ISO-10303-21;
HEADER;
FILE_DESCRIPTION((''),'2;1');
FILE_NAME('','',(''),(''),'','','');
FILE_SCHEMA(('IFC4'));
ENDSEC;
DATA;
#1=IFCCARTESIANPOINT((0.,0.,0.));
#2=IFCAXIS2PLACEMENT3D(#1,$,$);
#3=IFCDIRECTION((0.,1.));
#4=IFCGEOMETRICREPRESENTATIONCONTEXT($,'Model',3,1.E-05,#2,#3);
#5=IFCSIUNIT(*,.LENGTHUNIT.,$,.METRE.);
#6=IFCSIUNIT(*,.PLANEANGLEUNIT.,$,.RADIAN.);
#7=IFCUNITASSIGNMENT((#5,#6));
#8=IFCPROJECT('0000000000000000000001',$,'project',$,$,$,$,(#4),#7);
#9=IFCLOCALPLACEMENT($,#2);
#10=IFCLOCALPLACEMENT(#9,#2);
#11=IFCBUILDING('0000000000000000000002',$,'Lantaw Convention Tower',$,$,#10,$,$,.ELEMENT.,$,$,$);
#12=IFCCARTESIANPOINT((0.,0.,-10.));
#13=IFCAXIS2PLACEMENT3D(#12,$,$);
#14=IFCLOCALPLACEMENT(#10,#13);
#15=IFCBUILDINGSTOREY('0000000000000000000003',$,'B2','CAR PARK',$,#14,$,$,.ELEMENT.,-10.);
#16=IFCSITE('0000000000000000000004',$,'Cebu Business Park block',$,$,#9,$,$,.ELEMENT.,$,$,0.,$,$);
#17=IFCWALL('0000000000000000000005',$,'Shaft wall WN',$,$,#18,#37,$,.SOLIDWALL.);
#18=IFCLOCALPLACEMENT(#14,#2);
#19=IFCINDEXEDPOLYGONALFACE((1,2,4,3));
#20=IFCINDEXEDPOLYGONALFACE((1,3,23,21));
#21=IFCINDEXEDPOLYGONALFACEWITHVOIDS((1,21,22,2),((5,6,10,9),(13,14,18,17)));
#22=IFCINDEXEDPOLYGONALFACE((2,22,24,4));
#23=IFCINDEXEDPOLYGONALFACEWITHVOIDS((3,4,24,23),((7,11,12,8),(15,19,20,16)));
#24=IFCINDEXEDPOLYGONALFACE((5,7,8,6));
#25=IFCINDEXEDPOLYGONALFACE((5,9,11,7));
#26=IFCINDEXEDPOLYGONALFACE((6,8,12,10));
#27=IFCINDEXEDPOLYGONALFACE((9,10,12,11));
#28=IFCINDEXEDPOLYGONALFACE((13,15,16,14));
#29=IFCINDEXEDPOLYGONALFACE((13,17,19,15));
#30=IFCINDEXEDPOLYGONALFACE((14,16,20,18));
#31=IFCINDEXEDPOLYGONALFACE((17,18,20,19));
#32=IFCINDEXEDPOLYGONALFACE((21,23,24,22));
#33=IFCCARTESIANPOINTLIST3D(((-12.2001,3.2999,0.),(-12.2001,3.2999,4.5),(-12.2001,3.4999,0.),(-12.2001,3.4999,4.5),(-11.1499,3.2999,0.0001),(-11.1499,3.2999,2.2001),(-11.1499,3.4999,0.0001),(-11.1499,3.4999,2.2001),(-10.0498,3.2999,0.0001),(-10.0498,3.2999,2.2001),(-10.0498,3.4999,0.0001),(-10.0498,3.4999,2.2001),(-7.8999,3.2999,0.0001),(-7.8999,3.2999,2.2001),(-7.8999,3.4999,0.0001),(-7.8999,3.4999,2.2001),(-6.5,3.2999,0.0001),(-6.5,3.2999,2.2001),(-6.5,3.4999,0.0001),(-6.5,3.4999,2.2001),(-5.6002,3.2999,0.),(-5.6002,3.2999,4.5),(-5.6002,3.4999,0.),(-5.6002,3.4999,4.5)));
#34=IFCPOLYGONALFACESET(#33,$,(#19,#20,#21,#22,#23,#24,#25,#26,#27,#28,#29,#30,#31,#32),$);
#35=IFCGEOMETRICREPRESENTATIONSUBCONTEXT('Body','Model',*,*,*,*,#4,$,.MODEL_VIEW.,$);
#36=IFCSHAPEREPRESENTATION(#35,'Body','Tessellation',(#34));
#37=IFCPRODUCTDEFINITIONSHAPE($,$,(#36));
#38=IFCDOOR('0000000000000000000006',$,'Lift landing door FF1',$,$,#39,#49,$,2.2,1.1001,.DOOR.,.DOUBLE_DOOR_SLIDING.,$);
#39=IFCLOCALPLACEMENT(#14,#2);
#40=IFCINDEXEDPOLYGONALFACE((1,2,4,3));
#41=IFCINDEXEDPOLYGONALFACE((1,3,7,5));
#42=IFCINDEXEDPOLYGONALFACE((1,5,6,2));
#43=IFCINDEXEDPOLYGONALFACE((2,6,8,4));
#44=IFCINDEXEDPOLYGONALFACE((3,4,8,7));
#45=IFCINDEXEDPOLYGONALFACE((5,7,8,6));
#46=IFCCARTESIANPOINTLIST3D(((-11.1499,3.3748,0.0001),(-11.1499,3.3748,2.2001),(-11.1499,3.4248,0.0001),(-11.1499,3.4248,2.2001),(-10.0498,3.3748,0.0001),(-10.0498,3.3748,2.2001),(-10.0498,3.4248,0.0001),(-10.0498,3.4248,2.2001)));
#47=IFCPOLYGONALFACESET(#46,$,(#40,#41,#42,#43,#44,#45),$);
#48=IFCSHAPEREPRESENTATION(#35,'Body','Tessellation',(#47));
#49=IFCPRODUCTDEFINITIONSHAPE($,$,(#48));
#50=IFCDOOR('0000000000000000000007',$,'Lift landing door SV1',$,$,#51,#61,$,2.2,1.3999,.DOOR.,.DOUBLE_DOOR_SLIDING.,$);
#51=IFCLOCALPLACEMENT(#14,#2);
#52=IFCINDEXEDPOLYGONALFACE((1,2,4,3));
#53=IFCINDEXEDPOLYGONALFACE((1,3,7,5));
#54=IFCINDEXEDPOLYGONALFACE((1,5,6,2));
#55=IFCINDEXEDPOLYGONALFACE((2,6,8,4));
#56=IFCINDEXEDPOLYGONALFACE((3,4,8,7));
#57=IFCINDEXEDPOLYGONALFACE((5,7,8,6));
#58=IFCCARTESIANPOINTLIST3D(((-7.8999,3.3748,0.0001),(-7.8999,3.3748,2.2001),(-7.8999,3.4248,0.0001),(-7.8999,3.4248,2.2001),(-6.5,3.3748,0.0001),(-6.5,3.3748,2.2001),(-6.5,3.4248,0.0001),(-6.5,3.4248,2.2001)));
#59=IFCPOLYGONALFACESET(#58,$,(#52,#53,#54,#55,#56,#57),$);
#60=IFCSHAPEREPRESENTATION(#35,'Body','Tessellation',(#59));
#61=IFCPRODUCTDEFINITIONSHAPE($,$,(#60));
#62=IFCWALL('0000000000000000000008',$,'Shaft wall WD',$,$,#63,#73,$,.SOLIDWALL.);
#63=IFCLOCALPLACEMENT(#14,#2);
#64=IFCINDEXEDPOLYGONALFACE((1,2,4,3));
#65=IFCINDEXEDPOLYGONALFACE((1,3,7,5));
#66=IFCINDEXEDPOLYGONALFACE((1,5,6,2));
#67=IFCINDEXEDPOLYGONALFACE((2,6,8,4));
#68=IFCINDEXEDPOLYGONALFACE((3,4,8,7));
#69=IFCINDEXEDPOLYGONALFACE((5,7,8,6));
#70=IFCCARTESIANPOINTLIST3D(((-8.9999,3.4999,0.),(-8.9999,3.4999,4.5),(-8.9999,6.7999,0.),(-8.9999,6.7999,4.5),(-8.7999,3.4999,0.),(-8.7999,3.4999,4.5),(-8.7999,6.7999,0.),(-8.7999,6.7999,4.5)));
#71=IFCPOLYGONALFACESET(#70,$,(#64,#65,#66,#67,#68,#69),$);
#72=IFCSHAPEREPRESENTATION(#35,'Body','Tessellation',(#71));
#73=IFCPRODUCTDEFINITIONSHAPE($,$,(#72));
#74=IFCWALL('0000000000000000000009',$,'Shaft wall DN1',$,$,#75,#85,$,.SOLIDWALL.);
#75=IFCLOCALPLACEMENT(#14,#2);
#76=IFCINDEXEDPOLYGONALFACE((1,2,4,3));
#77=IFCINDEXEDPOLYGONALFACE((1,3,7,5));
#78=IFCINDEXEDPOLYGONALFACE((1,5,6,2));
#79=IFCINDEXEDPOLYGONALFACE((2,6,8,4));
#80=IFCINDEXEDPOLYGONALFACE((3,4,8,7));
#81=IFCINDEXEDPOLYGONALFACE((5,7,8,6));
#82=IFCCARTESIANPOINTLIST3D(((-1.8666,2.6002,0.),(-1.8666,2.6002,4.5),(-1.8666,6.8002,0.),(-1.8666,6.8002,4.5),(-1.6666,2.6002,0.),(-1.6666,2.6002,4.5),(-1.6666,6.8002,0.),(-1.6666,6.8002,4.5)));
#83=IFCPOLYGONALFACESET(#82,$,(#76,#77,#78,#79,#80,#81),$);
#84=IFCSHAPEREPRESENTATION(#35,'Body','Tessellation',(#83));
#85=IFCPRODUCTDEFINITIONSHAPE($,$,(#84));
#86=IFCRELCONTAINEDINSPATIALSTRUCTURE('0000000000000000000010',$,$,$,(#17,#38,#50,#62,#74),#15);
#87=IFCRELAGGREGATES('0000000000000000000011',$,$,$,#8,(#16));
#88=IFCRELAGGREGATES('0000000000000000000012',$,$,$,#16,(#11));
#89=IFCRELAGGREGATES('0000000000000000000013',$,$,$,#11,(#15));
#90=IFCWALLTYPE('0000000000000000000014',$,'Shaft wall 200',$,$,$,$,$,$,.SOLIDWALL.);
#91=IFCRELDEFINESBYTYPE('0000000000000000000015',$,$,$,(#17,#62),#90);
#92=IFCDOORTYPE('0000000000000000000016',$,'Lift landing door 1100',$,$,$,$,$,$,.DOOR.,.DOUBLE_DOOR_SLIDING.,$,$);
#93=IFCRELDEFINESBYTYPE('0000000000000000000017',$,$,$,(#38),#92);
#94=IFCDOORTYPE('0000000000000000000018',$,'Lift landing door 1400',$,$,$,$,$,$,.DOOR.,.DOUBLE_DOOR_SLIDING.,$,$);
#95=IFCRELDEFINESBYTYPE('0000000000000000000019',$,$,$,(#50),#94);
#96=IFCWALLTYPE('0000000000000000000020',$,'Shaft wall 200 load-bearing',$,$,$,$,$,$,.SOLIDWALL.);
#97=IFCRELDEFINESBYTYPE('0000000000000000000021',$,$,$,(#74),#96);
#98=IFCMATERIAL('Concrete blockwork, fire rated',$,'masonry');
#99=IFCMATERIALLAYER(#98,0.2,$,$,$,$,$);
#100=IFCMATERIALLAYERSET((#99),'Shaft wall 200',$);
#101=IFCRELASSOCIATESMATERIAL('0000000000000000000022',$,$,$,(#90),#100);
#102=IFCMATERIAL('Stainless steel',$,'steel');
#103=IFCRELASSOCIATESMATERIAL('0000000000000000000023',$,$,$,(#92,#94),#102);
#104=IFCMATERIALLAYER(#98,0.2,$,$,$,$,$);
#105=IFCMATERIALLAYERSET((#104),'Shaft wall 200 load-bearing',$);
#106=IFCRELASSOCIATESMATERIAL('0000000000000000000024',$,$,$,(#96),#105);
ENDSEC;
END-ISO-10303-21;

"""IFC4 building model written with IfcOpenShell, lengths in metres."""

from ifc_helpers import new_model, si_unit, direction, frame, frame_2d, origin, place, context, subcontext, project, spatial, rectangle, extrude, material, layer, layer_set, type_object, element, fill, save


model = new_model("IFC4")

# Units and contexts
model_context = context("Model", 3, precision=1e-05, world=origin(), true_north=direction((0.0, 1.0)))
body_context = subcontext(model_context, "Body", "Model", "MODEL_VIEW")
ifc_project = project(units=[si_unit("LENGTHUNIT", "METRE"), si_unit("PLANEANGLEUNIT", "RADIAN")], contexts=[model_context])

# Site, building, storey
site_placement = place(None, origin())
site = spatial("IfcSite", under=ifc_project, at=site_placement, Name="Cebu Business Park block", CompositionType="ELEMENT", RefElevation=0.0)
building_placement = place(site_placement, origin())
building = spatial("IfcBuilding", under=site, at=building_placement, Name="Lantaw Convention Tower", CompositionType="ELEMENT")
storey_placement = place(building_placement, frame((0.0, 0.0, -10.0)))
storey = spatial("IfcBuildingStorey", under=building, at=storey_placement, Name="B2", Description="CAR PARK", CompositionType="ELEMENT", Elevation=-10.0)

# Wall, openings, doors
ifc_material_1 = material(Name="Concrete blockwork, fire rated", Category="masonry")
ifc_layer_1 = layer(ifc_material_1, 0.2)
ifc_layer_set_1 = layer_set([ifc_layer_1], Name="Shaft wall 200")
wall_type_1 = type_object("IfcWallType", Name="Shaft wall 200", PredefinedType="SOLIDWALL", material=ifc_layer_set_1)
wall_1_placement = place(storey_placement, frame((-12.2, 3.3999, 0.0), z_axis=(0.0, 0.0, 1.0), x_axis=(1.0, 0.0, 0.0)))
wall_1 = element("IfcWall", 1, at=wall_1_placement, inside=storey, type_object=wall_type_1, Name="Shaft wall WN", PredefinedType="SOLIDWALL", context=body_context, shape_type="SweptSolid", body=[
    extrude(rectangle(XDim=6.5999, YDim=0.2, at=frame_2d((3.2998, 0.0))), origin(), (0.0, 0.0, 1.0), 4.5),
])
opening_1_placement = place(wall_1_placement, frame((1.05, 0.0, 0.0)))
opening_1 = element("IfcOpeningElement", 2, at=opening_1_placement, cuts=wall_1, PredefinedType="OPENING", context=body_context, shape_type="SweptSolid", body=[
    extrude(rectangle(XDim=1.1001, YDim=2.2, at=frame_2d((0.55, 1.1001))), frame((0.0, 0.1099, 0.0), z_axis=(0.0, -1.0, 0.0), x_axis=(1.0, 0.0, 0.0)), (0.0, 0.0, 1.0), 0.22),
])
opening_2_placement = place(wall_1_placement, frame((4.3, 0.0, 0.0)))
opening_2 = element("IfcOpeningElement", 3, at=opening_2_placement, cuts=wall_1, PredefinedType="OPENING", context=body_context, shape_type="SweptSolid", body=[
    extrude(rectangle(XDim=1.3999, YDim=2.2, at=frame_2d((0.7, 1.1001))), frame((0.0, 0.1099, 0.0), z_axis=(0.0, -1.0, 0.0), x_axis=(1.0, 0.0, 0.0)), (0.0, 0.0, 1.0), 0.22),
])
ifc_material_2 = material(Name="Stainless steel", Category="steel")
door_type_1 = type_object("IfcDoorType", Name="Lift landing door 1100", OperationType="DOUBLE_DOOR_SLIDING", PredefinedType="DOOR", material=ifc_material_2)
door_1_placement = place(opening_1_placement, origin())
door_1 = element("IfcDoor", 4, at=door_1_placement, inside=storey, type_object=door_type_1, Name="Lift landing door FF1", OperationType="DOUBLE_DOOR_SLIDING", OverallHeight=2.2, OverallWidth=1.1001, PredefinedType="DOOR", context=body_context, shape_type="SweptSolid", body=[
    extrude(rectangle(XDim=1.1001, YDim=2.2, at=frame_2d((0.55, 1.1001))), frame((0.0, 0.0249, 0.0), z_axis=(0.0, -1.0, 0.0), x_axis=(1.0, 0.0, 0.0)), (0.0, 0.0, 1.0), 0.05),
])
fill(opening_1, door_1)
door_type_2 = type_object("IfcDoorType", Name="Lift landing door 1400", OperationType="DOUBLE_DOOR_SLIDING", PredefinedType="DOOR", material=ifc_material_2)
door_2_placement = place(opening_2_placement, origin())
door_2 = element("IfcDoor", 5, at=door_2_placement, inside=storey, type_object=door_type_2, Name="Lift landing door SV1", OperationType="DOUBLE_DOOR_SLIDING", OverallHeight=2.2, OverallWidth=1.3999, PredefinedType="DOOR", context=body_context, shape_type="SweptSolid", body=[
    extrude(rectangle(XDim=1.3999, YDim=2.2, at=frame_2d((0.7, 1.1001))), frame((0.0, 0.0249, 0.0), z_axis=(0.0, -1.0, 0.0), x_axis=(1.0, 0.0, 0.0)), (0.0, 0.0, 1.0), 0.05),
])
fill(opening_2, door_2)

# Walls
wall_2_placement = place(storey_placement, frame((-8.8999, 3.5, 0.0), z_axis=(0.0, 0.0, 1.0), x_axis=(0.0, 1.0, 0.0)))
element("IfcWall", 6, at=wall_2_placement, inside=storey, type_object=wall_type_1, Name="Shaft wall WD", PredefinedType="SOLIDWALL", context=body_context, shape_type="SweptSolid", body=[
    extrude(rectangle(XDim=3.3, YDim=0.2, at=frame_2d((1.6499, 0.0))), origin(), (0.0, 0.0, 1.0), 4.5),
])
ifc_layer_2 = layer(ifc_material_1, 0.2)
ifc_layer_set_2 = layer_set([ifc_layer_2], Name="Shaft wall 200 load-bearing")
wall_type_2 = type_object("IfcWallType", Name="Shaft wall 200 load-bearing", PredefinedType="SOLIDWALL", material=ifc_layer_set_2)
wall_3_placement = place(storey_placement, frame((-1.7666, 2.6001, 0.0), z_axis=(0.0, 0.0, 1.0), x_axis=(0.0, 1.0, 0.0)))
element("IfcWall", 7, at=wall_3_placement, inside=storey, type_object=wall_type_2, Name="Shaft wall DN1", PredefinedType="SOLIDWALL", context=body_context, shape_type="SweptSolid", body=[
    extrude(rectangle(XDim=4.2, YDim=0.2, at=frame_2d((2.1001, 0.0))), origin(), (0.0, 0.0, 1.0), 4.5),
])

save(model, "model.ifc")
